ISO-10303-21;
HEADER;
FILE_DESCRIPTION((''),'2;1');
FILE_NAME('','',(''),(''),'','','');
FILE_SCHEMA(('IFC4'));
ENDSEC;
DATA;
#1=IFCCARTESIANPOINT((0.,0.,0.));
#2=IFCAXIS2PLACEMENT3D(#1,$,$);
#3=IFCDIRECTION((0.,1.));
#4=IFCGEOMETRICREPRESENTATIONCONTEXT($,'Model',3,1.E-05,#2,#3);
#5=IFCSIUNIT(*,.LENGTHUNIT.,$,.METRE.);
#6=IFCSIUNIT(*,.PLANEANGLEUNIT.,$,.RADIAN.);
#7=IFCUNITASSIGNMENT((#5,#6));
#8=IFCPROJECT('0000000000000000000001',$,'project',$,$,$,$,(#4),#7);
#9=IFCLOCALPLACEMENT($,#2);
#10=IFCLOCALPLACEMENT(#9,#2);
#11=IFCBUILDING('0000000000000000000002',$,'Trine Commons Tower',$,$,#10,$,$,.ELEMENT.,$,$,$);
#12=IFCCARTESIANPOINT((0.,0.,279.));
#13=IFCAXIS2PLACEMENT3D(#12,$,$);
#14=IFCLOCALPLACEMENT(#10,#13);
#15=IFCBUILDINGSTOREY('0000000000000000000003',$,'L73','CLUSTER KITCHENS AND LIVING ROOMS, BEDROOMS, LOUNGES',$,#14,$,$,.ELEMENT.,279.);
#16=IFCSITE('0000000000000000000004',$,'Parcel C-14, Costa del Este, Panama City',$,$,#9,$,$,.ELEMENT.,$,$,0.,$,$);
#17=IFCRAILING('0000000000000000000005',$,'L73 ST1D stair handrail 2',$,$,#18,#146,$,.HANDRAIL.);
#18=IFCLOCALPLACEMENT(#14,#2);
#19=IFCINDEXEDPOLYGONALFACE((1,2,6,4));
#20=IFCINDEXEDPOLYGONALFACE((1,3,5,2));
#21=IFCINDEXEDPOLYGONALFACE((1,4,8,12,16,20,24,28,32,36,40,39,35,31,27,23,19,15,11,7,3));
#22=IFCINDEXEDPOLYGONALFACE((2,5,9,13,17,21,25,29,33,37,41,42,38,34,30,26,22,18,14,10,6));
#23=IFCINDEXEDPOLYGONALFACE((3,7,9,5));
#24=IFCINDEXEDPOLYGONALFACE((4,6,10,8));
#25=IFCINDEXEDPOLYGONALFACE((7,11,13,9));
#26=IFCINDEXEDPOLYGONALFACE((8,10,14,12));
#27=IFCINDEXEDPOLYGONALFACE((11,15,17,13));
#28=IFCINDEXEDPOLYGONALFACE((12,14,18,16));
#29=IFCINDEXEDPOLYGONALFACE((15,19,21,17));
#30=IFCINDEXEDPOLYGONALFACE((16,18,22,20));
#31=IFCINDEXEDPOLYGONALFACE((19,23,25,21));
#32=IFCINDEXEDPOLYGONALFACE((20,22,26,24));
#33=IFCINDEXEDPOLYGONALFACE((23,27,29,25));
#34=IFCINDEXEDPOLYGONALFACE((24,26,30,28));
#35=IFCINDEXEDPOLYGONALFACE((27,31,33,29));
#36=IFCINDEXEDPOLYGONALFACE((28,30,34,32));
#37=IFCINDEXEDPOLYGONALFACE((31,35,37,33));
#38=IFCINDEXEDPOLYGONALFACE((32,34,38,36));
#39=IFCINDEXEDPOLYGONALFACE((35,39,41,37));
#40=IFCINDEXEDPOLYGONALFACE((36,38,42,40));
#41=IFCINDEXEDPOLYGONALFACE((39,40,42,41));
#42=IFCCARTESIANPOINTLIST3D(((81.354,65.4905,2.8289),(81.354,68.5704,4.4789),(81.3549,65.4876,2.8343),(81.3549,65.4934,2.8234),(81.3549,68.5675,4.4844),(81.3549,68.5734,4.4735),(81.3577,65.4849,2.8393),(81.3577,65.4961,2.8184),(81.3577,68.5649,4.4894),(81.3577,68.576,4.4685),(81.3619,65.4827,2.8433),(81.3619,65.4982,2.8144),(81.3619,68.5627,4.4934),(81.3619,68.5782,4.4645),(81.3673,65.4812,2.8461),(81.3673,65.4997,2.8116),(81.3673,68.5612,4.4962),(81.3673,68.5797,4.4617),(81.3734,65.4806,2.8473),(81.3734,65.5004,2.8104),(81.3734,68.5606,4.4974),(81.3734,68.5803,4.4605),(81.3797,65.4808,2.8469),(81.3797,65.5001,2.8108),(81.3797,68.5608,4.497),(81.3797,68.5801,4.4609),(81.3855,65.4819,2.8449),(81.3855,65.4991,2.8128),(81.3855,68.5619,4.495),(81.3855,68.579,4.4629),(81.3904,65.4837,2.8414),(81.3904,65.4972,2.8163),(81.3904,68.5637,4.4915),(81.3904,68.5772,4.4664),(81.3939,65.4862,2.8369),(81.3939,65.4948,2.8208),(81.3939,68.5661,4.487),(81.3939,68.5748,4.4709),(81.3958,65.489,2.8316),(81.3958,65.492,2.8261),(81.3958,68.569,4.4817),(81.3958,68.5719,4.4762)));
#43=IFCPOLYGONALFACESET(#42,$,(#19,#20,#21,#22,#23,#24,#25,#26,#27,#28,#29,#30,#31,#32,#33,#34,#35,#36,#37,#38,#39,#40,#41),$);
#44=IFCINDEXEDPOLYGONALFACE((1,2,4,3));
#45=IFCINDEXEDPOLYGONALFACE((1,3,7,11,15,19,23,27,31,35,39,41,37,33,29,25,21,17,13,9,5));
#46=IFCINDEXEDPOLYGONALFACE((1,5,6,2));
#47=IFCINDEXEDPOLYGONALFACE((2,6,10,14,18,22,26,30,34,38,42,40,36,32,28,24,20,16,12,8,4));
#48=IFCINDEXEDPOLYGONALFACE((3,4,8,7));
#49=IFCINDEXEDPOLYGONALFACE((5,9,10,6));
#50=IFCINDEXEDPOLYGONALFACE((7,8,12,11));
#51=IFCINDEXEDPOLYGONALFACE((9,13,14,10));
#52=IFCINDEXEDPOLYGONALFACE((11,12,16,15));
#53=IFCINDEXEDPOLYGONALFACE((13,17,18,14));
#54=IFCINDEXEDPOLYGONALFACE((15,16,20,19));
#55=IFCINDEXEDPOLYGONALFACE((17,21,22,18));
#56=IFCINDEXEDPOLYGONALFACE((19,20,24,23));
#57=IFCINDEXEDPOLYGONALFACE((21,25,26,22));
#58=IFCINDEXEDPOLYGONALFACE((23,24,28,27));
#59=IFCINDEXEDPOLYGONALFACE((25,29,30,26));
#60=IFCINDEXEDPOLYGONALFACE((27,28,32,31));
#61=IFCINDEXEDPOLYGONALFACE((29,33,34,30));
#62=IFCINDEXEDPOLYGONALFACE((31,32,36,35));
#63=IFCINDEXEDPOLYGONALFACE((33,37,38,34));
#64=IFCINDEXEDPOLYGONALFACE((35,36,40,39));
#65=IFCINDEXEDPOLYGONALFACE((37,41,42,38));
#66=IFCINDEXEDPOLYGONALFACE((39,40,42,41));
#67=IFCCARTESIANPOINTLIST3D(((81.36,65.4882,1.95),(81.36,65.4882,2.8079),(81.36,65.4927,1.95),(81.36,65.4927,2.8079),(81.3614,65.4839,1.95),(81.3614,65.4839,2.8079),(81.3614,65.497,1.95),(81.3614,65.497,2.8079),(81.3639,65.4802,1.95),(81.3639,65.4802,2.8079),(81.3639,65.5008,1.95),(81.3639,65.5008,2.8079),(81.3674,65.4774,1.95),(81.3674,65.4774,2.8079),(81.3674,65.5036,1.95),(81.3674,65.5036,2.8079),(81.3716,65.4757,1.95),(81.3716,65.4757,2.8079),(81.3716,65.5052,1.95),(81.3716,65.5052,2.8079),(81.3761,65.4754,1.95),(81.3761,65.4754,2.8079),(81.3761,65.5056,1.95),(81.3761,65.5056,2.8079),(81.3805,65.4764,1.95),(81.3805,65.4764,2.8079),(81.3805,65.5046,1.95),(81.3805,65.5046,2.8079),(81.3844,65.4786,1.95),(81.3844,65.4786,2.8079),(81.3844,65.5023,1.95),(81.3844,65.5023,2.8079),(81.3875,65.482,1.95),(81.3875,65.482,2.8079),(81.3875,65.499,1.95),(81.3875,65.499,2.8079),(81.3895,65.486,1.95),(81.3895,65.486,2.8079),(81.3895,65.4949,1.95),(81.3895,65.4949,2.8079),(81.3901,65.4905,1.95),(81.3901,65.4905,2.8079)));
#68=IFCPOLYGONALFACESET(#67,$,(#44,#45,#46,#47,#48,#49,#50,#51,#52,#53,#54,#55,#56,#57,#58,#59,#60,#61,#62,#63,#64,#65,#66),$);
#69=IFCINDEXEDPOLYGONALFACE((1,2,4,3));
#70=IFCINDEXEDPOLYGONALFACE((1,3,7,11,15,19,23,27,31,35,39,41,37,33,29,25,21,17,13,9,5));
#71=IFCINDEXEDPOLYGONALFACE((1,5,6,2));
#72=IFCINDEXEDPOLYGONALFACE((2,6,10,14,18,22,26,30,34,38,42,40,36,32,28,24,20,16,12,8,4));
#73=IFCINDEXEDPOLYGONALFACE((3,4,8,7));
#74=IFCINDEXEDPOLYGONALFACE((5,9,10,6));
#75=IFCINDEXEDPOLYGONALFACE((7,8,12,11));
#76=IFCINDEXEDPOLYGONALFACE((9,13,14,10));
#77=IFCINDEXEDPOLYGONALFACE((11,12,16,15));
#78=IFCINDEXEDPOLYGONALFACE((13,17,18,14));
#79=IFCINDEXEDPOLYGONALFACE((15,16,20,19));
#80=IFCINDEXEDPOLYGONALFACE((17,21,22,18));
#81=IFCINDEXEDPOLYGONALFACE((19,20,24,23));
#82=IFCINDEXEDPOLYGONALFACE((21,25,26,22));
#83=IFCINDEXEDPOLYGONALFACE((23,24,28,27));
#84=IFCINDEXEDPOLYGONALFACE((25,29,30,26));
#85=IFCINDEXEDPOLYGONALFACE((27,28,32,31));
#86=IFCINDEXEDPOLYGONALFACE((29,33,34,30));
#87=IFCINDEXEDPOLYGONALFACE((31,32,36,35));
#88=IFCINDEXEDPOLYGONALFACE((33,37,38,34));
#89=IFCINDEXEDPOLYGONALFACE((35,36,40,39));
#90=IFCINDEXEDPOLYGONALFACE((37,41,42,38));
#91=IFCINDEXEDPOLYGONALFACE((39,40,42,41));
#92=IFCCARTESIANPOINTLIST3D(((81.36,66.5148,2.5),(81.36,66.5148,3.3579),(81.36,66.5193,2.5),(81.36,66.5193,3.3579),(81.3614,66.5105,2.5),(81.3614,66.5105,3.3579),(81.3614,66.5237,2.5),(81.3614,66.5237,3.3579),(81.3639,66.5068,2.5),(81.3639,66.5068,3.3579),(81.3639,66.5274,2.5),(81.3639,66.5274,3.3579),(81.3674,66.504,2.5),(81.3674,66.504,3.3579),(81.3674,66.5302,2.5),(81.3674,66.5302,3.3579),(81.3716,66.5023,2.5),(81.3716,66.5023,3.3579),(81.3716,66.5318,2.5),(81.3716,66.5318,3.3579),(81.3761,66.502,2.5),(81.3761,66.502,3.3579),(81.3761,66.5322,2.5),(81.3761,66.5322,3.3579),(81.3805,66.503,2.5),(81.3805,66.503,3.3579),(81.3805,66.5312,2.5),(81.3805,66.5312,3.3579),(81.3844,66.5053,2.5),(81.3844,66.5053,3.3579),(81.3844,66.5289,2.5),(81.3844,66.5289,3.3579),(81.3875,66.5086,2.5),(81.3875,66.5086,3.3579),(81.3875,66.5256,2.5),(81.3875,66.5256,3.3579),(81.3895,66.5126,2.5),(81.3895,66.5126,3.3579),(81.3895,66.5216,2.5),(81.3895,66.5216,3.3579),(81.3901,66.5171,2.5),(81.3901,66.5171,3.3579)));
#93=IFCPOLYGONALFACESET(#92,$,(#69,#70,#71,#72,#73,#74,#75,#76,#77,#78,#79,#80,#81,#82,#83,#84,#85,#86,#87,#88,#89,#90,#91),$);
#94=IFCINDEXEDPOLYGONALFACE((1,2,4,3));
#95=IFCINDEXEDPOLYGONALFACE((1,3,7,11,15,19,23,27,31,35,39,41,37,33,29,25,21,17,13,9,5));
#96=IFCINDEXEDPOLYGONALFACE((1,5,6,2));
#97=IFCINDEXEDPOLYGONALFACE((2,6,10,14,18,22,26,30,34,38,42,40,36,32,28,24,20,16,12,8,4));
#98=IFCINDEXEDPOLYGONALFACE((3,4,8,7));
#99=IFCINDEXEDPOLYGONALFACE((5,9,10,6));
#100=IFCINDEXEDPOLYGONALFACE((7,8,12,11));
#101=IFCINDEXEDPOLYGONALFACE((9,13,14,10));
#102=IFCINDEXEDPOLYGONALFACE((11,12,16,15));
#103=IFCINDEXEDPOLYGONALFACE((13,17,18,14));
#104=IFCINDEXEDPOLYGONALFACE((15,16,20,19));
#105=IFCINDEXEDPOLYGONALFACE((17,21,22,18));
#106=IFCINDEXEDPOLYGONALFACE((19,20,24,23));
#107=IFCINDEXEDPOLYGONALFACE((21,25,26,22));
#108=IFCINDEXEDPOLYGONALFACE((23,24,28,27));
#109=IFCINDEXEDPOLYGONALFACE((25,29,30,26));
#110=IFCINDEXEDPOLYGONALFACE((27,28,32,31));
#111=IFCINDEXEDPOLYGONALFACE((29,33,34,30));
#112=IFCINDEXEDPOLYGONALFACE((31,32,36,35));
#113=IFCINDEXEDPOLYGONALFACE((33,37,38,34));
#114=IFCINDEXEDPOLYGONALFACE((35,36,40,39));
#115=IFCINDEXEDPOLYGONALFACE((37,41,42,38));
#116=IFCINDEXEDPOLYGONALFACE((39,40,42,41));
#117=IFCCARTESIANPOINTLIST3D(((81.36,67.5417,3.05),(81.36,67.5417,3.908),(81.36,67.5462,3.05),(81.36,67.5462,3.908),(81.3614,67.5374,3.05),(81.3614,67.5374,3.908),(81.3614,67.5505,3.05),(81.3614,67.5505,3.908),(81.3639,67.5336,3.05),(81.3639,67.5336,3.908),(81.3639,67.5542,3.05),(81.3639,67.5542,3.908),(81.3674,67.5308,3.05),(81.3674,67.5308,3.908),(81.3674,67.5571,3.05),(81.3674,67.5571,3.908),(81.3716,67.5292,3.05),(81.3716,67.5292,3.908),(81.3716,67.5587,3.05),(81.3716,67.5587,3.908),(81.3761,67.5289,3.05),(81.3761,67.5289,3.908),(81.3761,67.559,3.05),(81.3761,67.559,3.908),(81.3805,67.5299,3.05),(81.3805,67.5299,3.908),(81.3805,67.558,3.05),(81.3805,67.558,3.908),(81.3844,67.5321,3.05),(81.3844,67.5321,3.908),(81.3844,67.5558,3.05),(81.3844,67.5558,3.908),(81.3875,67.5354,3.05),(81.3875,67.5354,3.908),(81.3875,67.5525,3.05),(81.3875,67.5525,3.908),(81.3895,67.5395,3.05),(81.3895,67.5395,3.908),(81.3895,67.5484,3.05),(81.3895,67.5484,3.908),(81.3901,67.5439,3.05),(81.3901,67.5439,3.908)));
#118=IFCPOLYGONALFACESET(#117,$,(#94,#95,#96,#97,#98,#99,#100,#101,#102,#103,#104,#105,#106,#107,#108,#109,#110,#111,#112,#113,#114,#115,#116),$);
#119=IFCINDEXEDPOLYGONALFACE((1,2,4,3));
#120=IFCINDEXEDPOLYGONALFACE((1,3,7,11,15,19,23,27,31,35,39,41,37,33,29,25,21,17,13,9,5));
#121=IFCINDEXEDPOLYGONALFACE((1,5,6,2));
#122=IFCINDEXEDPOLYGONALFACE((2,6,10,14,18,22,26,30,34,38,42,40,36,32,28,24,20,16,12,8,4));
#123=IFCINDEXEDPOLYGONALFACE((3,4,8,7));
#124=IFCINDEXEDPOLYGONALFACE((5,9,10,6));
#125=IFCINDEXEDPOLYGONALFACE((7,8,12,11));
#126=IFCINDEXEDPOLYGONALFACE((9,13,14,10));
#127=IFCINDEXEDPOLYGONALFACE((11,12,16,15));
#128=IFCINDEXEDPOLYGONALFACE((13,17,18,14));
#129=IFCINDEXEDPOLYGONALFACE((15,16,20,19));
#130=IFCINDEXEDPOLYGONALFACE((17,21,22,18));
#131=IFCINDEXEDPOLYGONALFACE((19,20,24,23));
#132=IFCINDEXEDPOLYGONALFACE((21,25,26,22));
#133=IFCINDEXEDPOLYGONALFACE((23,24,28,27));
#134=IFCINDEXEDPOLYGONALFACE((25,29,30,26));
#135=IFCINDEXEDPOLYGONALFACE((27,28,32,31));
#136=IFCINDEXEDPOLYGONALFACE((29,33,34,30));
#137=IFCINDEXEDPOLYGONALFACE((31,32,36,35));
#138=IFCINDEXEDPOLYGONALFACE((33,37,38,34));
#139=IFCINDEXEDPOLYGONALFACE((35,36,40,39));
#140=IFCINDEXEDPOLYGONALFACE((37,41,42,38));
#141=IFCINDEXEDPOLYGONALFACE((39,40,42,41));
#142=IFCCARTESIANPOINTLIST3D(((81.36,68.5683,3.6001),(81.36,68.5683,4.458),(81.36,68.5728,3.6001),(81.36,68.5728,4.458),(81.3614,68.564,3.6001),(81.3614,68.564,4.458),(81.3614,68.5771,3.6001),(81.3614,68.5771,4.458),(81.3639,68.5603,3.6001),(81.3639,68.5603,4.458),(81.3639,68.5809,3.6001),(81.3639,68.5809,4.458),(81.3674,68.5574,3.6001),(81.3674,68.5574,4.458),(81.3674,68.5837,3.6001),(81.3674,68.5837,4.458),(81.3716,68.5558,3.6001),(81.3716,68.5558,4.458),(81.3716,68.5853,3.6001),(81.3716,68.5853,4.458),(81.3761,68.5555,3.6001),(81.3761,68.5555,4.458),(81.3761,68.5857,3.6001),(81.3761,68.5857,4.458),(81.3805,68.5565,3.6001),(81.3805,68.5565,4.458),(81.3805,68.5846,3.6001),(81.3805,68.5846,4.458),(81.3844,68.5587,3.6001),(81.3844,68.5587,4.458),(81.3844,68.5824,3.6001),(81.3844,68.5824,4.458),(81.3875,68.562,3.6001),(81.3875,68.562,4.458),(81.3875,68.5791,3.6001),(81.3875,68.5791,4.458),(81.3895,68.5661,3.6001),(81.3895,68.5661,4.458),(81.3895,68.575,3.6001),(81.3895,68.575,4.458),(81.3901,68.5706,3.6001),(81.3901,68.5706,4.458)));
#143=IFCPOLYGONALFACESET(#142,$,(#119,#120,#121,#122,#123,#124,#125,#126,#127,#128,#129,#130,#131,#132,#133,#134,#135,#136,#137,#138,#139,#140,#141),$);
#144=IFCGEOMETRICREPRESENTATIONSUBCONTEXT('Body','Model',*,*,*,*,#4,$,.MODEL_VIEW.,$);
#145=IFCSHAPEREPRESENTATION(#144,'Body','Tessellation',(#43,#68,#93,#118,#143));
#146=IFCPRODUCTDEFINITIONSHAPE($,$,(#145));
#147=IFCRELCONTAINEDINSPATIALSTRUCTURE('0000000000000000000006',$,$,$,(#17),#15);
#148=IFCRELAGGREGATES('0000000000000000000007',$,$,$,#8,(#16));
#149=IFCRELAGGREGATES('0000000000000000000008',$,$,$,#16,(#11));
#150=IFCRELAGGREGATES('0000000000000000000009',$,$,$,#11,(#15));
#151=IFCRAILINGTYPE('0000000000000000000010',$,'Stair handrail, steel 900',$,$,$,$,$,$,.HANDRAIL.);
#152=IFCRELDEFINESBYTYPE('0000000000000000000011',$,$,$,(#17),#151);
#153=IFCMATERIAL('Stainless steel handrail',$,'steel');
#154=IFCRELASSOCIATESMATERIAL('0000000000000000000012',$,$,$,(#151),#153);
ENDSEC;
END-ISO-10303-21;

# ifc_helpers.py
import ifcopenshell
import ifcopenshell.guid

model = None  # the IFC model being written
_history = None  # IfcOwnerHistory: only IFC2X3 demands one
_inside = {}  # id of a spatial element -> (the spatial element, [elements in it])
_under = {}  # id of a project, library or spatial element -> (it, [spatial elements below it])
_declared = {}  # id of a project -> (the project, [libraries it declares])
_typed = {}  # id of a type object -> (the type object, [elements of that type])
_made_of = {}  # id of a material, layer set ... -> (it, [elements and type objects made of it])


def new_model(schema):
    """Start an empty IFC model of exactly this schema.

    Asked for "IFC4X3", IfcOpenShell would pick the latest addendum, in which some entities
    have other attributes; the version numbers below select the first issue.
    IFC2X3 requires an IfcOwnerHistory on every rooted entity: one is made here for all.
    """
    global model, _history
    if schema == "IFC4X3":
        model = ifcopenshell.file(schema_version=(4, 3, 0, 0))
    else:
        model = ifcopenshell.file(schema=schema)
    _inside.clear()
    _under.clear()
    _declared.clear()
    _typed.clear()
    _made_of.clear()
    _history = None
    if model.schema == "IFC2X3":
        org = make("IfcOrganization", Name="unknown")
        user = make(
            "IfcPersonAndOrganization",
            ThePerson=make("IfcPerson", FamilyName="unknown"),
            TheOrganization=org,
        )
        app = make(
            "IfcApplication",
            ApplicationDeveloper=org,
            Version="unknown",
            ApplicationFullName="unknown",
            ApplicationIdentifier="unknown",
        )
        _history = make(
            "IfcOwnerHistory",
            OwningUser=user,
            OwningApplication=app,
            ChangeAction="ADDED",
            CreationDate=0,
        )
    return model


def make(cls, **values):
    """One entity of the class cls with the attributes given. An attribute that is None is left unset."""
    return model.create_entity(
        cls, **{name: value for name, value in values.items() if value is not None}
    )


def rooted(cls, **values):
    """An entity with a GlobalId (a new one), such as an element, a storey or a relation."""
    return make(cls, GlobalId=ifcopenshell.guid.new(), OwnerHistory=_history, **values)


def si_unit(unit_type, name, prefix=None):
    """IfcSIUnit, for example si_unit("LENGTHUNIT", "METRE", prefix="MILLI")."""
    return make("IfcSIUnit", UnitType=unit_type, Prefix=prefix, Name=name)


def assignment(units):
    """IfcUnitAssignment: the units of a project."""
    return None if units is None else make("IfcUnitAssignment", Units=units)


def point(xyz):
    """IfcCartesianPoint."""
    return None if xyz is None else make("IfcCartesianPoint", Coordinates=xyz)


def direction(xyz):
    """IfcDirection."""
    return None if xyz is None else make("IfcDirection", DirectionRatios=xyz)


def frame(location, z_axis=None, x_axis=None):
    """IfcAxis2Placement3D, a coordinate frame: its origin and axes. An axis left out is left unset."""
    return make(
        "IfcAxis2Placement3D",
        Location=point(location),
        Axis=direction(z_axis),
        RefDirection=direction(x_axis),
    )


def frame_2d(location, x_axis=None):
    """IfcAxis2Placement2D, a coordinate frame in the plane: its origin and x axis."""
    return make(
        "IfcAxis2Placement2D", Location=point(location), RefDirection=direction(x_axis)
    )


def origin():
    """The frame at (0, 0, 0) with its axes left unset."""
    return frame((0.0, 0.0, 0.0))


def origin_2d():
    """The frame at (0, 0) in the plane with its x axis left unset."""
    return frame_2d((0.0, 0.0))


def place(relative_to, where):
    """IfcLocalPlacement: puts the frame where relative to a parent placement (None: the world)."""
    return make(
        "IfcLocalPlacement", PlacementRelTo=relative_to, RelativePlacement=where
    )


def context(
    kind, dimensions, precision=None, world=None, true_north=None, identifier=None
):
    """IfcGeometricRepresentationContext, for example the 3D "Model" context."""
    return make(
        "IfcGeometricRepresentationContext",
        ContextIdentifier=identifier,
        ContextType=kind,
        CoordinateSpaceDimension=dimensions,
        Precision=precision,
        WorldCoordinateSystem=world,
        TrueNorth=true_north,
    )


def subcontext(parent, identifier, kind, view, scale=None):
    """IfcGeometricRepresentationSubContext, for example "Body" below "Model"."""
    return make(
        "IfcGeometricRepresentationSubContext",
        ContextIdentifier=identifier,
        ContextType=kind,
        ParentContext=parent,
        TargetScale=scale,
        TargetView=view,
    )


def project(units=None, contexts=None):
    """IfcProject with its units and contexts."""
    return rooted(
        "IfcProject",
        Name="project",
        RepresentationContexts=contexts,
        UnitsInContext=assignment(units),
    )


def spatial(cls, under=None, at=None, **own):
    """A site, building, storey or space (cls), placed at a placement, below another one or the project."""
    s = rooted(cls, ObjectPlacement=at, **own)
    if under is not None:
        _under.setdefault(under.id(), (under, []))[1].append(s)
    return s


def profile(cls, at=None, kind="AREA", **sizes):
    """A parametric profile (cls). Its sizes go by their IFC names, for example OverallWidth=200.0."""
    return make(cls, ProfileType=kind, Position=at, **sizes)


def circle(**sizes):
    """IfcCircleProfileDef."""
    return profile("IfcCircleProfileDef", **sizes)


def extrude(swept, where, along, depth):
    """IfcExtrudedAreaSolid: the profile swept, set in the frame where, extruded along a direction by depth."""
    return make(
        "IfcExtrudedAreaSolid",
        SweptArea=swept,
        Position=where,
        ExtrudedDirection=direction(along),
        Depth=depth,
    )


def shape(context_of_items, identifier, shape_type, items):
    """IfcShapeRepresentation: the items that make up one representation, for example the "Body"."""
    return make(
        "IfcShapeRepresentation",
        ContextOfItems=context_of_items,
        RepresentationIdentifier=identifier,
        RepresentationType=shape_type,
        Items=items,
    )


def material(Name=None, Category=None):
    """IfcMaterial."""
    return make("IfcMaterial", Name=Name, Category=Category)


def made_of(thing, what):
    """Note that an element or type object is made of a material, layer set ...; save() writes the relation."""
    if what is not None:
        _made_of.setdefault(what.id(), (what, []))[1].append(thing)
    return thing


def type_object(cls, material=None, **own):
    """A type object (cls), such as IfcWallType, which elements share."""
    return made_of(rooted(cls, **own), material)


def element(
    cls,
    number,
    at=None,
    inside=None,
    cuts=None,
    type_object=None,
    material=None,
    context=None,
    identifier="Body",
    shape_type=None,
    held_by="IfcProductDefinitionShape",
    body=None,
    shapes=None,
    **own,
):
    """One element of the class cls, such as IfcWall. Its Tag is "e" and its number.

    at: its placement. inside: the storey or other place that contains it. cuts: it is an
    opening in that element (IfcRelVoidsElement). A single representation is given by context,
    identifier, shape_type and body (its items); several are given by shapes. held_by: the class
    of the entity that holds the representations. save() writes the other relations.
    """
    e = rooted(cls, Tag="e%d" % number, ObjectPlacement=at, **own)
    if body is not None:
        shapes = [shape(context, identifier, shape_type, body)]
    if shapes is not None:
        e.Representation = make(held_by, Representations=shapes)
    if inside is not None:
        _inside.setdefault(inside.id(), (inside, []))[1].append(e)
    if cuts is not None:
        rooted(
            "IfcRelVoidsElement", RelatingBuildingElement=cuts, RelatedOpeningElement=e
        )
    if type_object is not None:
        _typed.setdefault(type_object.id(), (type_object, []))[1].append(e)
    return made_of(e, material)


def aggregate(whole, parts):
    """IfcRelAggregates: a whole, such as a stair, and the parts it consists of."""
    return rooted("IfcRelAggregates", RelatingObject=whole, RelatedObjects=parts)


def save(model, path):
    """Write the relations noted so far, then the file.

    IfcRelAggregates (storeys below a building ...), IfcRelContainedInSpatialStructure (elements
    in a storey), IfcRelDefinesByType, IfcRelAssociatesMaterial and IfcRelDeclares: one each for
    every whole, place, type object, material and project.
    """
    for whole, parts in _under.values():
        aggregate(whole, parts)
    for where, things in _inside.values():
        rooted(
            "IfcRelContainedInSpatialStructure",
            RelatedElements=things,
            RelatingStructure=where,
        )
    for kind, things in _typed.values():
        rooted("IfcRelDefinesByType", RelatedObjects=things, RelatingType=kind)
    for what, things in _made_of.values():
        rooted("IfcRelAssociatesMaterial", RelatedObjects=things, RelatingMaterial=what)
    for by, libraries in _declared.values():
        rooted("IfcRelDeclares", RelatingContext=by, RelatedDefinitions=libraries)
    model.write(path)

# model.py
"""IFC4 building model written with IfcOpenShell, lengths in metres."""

from ifc_helpers import new_model, si_unit, direction, frame, origin, origin_2d, place, context, subcontext, project, spatial, circle, extrude, material, type_object, element, save


model = new_model("IFC4")

# Units and contexts
model_context = context("Model", 3, precision=1e-05, world=origin(), true_north=direction((0.0, 1.0)))
body_context = subcontext(model_context, "Body", "Model", "MODEL_VIEW")
ifc_project = project(units=[si_unit("LENGTHUNIT", "METRE"), si_unit("PLANEANGLEUNIT", "RADIAN")], contexts=[model_context])

# Site, building, storey
site_placement = place(None, origin())
site = spatial("IfcSite", under=ifc_project, at=site_placement, Name="Parcel C-14, Costa del Este, Panama City", CompositionType="ELEMENT", RefElevation=0.0)
building_placement = place(site_placement, origin())
building = spatial("IfcBuilding", under=site, at=building_placement, Name="Trine Commons Tower", CompositionType="ELEMENT")
storey_placement = place(building_placement, frame((0.0, 0.0, 279.0)))
storey = spatial("IfcBuildingStorey", under=building, at=storey_placement, Name="L73", Description="CLUSTER KITCHENS AND LIVING ROOMS, BEDROOMS, LOUNGES", CompositionType="ELEMENT", Elevation=279.0)

# Railing
ifc_material_1 = material(Name="Stainless steel handrail", Category="steel")
railing_type_1 = type_object("IfcRailingType", Name="Stair handrail, steel 900", PredefinedType="HANDRAIL", material=ifc_material_1)
railing_1_placement = place(storey_placement, frame((81.375, 65.4905, 1.95)))
element("IfcRailing", 1, at=railing_1_placement, inside=storey, type_object=railing_type_1, Name="L73 ST1D stair handrail 2", PredefinedType="HANDRAIL", context=body_context, shape_type="SweptSolid", body=[
    extrude(circle(Radius=0.021, at=origin_2d()), frame((0.0, 0.0, 0.8789), z_axis=(0.0, 0.881468, 0.472245), x_axis=(-1.0, 0.0, 0.0)), (0.0, 0.0, 1.0), 3.4941),
    extrude(circle(Radius=0.0151, at=origin_2d()), origin(), (0.0, 0.0, 1.0), 0.8579),
    extrude(circle(Radius=0.0151, at=origin_2d()), frame((0.0, 1.0266, 0.55)), (0.0, 0.0, 1.0), 0.8579),
    extrude(circle(Radius=0.0151, at=origin_2d()), frame((0.0, 2.0535, 1.1001)), (0.0, 0.0, 1.0), 0.8579),
    extrude(circle(Radius=0.0151, at=origin_2d()), frame((0.0, 3.0801, 1.6501)), (0.0, 0.0, 1.0), 0.8579),
])

save(model, "model.ifc")
